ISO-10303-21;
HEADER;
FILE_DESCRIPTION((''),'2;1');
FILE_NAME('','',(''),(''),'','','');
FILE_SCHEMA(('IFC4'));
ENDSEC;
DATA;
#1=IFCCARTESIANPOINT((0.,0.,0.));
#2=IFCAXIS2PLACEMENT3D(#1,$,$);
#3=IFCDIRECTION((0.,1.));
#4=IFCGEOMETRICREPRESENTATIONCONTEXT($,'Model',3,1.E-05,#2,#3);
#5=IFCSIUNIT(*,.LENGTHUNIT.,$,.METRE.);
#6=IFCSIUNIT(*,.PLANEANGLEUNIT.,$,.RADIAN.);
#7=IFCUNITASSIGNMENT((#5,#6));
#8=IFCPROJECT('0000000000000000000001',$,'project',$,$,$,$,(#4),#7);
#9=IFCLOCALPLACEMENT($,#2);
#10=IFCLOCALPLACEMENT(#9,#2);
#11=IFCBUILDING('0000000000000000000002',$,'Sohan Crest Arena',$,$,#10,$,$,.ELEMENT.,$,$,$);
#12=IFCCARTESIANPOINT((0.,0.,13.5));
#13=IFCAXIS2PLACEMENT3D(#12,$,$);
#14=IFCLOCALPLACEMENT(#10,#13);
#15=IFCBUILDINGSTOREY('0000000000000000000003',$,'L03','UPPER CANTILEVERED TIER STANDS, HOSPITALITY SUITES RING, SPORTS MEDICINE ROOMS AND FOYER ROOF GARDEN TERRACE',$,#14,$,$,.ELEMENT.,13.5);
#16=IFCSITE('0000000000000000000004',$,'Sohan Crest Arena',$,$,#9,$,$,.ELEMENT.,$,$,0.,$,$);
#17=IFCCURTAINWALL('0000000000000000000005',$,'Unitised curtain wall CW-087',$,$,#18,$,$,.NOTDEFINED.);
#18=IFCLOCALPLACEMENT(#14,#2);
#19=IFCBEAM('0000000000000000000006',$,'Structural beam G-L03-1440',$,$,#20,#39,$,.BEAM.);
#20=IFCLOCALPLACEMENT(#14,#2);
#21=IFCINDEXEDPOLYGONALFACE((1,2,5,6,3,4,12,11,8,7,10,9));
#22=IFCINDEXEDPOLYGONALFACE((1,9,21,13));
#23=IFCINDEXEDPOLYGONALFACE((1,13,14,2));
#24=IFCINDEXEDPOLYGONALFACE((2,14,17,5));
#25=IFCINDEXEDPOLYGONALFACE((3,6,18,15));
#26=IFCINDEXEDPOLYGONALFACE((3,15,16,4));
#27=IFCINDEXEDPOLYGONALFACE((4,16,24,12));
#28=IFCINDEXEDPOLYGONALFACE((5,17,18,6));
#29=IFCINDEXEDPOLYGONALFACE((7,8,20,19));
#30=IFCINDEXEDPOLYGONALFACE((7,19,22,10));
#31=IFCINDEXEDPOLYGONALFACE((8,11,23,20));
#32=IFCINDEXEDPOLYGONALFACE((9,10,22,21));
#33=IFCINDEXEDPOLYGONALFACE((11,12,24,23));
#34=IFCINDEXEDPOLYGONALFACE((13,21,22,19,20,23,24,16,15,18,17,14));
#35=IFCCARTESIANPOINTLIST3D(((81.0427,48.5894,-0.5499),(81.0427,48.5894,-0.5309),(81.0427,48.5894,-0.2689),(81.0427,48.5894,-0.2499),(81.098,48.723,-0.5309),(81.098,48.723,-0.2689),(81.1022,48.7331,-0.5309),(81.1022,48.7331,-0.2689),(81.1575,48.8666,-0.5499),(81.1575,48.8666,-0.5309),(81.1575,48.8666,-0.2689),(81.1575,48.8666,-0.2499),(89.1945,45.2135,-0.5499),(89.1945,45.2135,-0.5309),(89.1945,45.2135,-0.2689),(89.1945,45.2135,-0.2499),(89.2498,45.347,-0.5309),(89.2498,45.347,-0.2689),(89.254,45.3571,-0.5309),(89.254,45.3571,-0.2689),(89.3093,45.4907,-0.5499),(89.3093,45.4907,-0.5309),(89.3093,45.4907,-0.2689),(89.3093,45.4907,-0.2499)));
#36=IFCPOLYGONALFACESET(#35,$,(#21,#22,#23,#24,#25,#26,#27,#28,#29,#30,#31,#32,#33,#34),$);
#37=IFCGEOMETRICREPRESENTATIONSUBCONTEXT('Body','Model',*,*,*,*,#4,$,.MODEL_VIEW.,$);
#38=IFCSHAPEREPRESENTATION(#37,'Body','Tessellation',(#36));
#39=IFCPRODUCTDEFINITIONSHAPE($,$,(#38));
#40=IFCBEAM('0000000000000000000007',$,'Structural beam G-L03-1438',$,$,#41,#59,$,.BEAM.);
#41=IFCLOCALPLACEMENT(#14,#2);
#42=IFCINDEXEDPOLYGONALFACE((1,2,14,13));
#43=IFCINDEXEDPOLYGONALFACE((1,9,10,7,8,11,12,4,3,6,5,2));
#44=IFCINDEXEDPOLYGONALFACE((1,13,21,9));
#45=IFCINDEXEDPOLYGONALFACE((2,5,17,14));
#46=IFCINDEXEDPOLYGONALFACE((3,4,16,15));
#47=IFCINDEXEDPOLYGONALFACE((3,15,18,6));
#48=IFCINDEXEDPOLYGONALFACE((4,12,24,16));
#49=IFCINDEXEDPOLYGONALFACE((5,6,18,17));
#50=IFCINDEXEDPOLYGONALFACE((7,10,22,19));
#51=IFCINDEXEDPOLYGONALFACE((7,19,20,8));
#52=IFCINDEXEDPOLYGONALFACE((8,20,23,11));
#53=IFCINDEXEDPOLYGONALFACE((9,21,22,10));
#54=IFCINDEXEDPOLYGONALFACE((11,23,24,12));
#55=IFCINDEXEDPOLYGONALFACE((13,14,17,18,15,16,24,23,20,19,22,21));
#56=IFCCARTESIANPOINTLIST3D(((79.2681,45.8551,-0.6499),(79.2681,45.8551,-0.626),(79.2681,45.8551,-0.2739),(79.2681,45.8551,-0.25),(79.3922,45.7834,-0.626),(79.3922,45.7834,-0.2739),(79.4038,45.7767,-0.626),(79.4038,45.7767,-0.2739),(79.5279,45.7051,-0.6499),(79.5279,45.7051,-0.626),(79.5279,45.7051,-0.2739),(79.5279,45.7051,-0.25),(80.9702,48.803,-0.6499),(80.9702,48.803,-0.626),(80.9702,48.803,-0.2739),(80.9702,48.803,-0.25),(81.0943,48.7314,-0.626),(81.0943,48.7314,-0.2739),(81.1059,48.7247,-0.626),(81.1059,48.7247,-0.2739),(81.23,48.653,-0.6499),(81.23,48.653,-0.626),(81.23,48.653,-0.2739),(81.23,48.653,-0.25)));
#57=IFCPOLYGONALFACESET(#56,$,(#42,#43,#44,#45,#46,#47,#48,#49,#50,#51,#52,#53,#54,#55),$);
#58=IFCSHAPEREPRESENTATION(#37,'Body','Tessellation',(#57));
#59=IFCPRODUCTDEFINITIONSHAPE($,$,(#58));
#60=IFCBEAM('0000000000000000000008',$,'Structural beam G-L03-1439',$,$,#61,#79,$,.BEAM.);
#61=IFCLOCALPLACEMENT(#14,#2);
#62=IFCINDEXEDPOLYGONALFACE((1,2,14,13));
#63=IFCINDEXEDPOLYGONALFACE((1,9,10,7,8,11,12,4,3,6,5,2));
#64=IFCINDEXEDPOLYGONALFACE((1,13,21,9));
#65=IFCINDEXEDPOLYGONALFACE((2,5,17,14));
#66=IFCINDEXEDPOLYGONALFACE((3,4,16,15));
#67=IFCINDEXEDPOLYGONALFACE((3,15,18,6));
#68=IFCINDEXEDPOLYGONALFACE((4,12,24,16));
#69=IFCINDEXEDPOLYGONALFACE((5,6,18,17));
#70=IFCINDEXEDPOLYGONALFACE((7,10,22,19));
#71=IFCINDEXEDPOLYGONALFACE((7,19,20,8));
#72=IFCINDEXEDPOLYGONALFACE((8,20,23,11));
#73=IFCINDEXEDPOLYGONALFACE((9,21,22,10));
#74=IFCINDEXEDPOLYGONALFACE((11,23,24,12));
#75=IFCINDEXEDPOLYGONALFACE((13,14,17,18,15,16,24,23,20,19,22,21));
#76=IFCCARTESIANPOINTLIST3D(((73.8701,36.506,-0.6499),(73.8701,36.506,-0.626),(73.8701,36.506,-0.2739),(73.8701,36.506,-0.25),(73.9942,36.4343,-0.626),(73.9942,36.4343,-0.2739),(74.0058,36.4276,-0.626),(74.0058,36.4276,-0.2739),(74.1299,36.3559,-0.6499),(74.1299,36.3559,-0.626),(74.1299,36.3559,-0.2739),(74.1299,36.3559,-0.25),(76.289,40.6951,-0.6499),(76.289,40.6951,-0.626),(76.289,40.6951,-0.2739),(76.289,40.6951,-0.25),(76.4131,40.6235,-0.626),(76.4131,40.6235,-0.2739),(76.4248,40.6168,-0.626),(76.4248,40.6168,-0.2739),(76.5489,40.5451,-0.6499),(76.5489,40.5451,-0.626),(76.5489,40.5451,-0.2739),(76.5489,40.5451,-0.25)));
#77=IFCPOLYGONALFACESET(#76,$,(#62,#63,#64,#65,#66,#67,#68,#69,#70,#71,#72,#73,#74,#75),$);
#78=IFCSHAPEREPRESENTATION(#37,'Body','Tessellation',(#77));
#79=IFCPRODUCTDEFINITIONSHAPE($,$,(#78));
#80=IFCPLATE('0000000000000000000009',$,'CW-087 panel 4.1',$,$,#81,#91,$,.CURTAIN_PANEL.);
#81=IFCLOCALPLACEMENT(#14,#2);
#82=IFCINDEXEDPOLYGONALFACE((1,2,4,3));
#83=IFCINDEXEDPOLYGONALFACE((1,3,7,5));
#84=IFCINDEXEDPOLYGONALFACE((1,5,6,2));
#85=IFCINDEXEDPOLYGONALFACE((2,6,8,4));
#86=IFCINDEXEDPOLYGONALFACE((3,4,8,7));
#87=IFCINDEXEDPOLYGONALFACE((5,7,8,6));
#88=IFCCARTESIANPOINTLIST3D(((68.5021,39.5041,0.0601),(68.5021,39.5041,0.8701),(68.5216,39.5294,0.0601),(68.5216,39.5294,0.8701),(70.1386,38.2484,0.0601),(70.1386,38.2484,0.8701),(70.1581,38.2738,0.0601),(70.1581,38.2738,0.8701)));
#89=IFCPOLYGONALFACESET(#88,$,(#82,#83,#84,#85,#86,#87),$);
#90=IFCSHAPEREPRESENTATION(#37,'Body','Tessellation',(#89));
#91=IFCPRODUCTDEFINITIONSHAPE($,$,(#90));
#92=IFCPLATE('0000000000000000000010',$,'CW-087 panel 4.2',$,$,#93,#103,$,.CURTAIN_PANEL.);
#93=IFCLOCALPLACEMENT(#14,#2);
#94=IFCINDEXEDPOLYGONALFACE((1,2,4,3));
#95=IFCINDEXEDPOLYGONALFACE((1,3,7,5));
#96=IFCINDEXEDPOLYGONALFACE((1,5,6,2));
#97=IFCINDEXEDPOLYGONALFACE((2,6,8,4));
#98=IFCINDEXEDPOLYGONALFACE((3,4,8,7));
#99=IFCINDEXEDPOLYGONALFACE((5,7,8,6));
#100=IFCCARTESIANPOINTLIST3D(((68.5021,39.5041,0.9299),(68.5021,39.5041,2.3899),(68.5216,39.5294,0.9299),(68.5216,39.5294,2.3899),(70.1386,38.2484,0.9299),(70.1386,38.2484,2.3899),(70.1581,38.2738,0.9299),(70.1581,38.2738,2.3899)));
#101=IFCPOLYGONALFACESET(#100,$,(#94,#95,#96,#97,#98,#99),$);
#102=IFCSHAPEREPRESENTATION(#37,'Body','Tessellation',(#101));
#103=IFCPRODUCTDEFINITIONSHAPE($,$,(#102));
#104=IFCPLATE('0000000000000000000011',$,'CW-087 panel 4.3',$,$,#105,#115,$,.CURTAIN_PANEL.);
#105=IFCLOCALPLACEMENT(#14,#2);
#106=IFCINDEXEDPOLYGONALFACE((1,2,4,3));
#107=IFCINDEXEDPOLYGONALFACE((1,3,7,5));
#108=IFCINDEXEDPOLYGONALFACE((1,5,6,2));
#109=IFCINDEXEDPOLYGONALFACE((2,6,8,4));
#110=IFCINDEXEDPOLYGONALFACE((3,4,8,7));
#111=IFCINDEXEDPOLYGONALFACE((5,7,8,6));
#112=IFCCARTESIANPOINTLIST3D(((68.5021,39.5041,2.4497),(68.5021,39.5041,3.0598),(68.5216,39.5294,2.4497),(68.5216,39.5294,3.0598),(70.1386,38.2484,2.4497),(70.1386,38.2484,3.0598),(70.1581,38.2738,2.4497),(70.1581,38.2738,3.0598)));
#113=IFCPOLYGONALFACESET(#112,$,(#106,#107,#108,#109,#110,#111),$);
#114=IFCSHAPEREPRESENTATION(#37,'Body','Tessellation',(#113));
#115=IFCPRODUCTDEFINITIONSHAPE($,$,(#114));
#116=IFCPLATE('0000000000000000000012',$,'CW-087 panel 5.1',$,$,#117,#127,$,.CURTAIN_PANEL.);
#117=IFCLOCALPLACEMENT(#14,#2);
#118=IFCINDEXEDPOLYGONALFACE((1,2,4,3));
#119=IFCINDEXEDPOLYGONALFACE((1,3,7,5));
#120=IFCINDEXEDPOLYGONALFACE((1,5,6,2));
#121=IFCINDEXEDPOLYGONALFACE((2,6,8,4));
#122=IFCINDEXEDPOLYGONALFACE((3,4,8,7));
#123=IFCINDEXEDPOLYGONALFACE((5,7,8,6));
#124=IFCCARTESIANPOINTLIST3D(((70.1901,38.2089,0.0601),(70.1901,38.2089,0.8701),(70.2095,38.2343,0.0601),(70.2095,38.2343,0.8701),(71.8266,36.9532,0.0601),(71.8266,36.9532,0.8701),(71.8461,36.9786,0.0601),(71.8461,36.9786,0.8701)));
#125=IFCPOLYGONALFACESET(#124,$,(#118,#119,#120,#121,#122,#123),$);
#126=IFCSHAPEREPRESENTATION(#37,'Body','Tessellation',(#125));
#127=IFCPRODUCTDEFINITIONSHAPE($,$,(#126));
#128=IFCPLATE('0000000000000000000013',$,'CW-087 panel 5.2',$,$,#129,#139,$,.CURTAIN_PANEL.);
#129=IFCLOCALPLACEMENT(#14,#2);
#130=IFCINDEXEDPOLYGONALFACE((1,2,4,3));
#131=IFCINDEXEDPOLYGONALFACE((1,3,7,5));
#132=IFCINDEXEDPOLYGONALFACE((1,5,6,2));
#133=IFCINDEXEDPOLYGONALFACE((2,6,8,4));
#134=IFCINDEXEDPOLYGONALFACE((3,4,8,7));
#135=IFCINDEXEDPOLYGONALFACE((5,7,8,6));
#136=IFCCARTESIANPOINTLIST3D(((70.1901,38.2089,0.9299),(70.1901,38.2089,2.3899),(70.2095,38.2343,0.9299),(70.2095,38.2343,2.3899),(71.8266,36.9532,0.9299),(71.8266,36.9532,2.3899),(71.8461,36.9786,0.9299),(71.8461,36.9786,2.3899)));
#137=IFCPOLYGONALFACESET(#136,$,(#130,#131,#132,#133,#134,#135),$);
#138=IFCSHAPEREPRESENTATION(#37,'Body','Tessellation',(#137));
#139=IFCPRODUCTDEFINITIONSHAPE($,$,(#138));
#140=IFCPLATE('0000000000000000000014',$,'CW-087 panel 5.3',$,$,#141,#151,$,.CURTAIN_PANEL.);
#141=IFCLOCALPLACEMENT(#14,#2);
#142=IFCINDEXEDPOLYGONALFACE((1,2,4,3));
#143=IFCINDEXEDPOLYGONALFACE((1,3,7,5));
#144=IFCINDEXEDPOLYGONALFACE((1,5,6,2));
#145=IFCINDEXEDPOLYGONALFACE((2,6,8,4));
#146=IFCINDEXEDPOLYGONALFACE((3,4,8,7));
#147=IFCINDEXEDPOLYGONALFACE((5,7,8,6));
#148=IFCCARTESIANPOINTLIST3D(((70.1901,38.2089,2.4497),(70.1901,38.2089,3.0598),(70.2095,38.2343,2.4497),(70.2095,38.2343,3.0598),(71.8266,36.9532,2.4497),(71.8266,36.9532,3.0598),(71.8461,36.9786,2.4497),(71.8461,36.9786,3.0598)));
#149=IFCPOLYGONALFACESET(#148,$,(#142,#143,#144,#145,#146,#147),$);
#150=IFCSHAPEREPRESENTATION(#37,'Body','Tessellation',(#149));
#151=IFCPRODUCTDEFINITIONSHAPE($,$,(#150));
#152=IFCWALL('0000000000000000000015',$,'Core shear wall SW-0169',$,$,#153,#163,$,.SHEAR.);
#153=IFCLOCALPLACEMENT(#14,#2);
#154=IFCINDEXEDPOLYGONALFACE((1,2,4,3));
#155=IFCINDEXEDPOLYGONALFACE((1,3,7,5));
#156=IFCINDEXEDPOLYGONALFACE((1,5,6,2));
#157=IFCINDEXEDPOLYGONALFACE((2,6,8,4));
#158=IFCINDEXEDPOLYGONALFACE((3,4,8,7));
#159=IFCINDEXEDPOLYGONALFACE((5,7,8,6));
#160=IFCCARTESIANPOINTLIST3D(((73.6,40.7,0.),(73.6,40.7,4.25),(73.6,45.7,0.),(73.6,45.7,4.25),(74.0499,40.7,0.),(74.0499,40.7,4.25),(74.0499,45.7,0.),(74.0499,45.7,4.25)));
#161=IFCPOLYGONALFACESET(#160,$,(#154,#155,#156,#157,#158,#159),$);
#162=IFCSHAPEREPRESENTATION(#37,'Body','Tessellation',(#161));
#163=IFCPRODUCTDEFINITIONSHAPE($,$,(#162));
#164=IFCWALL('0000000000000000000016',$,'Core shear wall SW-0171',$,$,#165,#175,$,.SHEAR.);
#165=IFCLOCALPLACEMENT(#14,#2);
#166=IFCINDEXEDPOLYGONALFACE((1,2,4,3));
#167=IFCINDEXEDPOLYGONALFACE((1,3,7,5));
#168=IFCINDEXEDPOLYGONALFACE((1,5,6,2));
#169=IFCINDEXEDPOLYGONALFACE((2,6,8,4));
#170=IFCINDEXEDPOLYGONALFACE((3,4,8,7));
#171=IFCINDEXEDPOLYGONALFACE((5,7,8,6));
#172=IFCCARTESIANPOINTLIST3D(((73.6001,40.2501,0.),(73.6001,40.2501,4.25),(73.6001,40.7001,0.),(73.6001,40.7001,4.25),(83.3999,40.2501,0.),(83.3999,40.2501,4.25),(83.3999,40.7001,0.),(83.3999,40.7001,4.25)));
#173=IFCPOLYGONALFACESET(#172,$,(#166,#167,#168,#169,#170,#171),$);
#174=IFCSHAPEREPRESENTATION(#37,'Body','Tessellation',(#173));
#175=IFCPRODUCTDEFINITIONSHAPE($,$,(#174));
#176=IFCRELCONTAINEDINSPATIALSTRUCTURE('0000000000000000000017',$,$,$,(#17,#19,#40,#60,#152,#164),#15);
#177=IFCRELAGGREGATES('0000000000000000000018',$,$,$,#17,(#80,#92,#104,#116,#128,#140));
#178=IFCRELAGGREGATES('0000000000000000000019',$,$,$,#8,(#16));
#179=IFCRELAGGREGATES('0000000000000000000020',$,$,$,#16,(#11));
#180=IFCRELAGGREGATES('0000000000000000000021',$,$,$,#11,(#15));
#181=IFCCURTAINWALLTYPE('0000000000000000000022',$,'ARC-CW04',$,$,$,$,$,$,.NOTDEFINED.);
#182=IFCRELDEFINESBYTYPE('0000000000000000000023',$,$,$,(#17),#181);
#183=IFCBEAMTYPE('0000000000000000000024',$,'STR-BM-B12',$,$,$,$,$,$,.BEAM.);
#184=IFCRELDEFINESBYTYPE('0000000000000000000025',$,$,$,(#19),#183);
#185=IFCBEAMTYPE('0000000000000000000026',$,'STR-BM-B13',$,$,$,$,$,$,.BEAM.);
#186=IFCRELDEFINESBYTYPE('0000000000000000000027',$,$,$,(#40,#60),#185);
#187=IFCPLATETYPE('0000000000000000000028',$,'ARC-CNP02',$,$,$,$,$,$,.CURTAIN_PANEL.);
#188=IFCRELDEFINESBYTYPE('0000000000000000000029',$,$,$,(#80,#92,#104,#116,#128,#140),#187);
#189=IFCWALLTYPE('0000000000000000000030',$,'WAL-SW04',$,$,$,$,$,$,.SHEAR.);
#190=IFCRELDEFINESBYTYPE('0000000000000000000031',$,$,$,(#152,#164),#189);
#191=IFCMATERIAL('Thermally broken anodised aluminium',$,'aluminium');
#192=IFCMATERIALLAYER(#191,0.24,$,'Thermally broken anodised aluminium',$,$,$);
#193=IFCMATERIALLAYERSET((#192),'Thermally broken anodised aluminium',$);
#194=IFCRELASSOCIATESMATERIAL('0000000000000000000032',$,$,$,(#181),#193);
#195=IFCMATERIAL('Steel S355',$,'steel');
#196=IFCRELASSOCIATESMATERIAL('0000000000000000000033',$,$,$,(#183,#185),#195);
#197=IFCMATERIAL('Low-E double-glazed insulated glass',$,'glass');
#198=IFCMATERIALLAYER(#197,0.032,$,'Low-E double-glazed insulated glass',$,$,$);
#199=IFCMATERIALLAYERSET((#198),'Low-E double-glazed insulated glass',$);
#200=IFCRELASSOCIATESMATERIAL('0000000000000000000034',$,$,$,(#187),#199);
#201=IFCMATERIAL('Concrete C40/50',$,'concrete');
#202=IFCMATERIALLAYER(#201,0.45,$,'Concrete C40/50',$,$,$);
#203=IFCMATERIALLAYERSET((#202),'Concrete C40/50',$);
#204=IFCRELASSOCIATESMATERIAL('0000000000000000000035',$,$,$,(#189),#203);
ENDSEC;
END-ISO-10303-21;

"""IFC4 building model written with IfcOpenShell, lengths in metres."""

from ifc_helpers import new_model, si_unit, direction, frame, frame_2d, origin, origin_2d, place, context, subcontext, project, spatial, rectangle, i_section, extrude, material, layer, layer_set, material_profile, profile_set, type_object, element, aggregate, save


model = new_model("IFC4")

# Units and contexts
model_context = context("Model", 3, precision=1e-05, world=origin(), true_north=direction((0.0, 1.0)))
body_context = subcontext(model_context, "Body", "Model", "MODEL_VIEW")
ifc_project = project(units=[si_unit("LENGTHUNIT", "METRE"), si_unit("PLANEANGLEUNIT", "RADIAN")], contexts=[model_context])

# Site, building, storey
site_placement = place(None, origin())
site = spatial("IfcSite", under=ifc_project, at=site_placement, Name="Sohan Crest Arena", CompositionType="ELEMENT", RefElevation=0.0)
building_placement = place(site_placement, origin())
building = spatial("IfcBuilding", under=site, at=building_placement, Name="Sohan Crest Arena", CompositionType="ELEMENT")
storey_placement = place(building_placement, frame((0.0, 0.0, 13.5)))
storey = spatial("IfcBuildingStorey", under=building, at=storey_placement, Name="L03", Description="UPPER CANTILEVERED TIER STANDS, HOSPITALITY SUITES RING, SPORTS MEDICINE ROOMS AND FOYER ROOF GARDEN TERRACE", CompositionType="ELEMENT", Elevation=13.5)

# Shared definitions
ifc_material_1 = material(Name="Steel S355", Category="steel")

# Curtain wall
ifc_material_2 = material(Name="Thermally broken anodised aluminium", Category="aluminium")
ifc_layer_1 = layer(ifc_material_2, 0.24, Name="Thermally broken anodised aluminium")
ifc_layer_set_1 = layer_set([ifc_layer_1], Name="Thermally broken anodised aluminium")
curtain_wall_type = type_object("IfcCurtainWallType", Name="ARC-CW04", PredefinedType="NOTDEFINED", material=ifc_layer_set_1)
curtain_wall_placement = place(storey_placement, origin())
curtain_wall = element("IfcCurtainWall", 1, at=curtain_wall_placement, inside=storey, type_object=curtain_wall_type, Name="Unitised curtain wall CW-087", PredefinedType="NOTDEFINED")

# Beams
ifc_material_profile_1 = material_profile(ifc_material_1, i_section(OverallWidth=0.3, OverallDepth=0.3, WebThickness=0.011, FlangeThickness=0.019, at=origin_2d()), Name="HEB 300")
ifc_profile_set_1 = profile_set([ifc_material_profile_1], Name="Steel S355")
beam_type_1 = type_object("IfcBeamType", Name="STR-BM-B12", PredefinedType="BEAM", material=ifc_profile_set_1)
beam_1_placement = place(storey_placement, frame((81.1001, 48.728, -0.3999), z_axis=(0.923905, -0.382622, 0.0), x_axis=(0.382622, 0.923905, 0.0)))
element("IfcBeam", 2, at=beam_1_placement, inside=storey, type_object=beam_type_1, Name="Structural beam G-L03-1440", PredefinedType="BEAM", context=body_context, shape_type="SweptSolid", body=[
    extrude(i_section(OverallWidth=0.3, OverallDepth=0.3, WebThickness=0.011, FlangeThickness=0.019, at=origin_2d()), origin(), (0.0, 0.0, 1.0), 8.8232),
])
ifc_material_profile_2 = material_profile(ifc_material_1, i_section(OverallWidth=0.3, OverallDepth=0.3999, WebThickness=0.0134, FlangeThickness=0.0239, at=origin_2d()), Name="HEB 400")
ifc_profile_set_2 = profile_set([ifc_material_profile_2], Name="Steel S355")
beam_type_2 = type_object("IfcBeamType", Name="STR-BM-B13", PredefinedType="BEAM", material=ifc_profile_set_2)
beam_2_placement = place(storey_placement, frame((81.1001, 48.728, -0.45), z_axis=(-0.500027, -0.86601, 0.0), x_axis=(0.86601, -0.500027, 0.0)))
element("IfcBeam", 3, at=beam_2_placement, inside=storey, type_object=beam_type_2, Name="Structural beam G-L03-1438", PredefinedType="BEAM", context=body_context, shape_type="SweptSolid", body=[
    extrude(i_section(OverallWidth=0.3, OverallDepth=0.3999, WebThickness=0.0134, FlangeThickness=0.0239, at=origin_2d()), origin(), (0.0, 0.0, 1.0), 3.4041),
])
beam_3_placement = place(storey_placement, frame((76.4189, 40.6201, -0.45), z_axis=(-0.500047, -0.865998, 0.0), x_axis=(0.865998, -0.500047, 0.0)))
element("IfcBeam", 4, at=beam_3_placement, inside=storey, type_object=beam_type_2, Name="Structural beam G-L03-1439", PredefinedType="BEAM", context=body_context, shape_type="SweptSolid", body=[
    extrude(i_section(OverallWidth=0.3, OverallDepth=0.3999, WebThickness=0.0134, FlangeThickness=0.0239, at=origin_2d()), origin(), (0.0, 0.0, 1.0), 4.8374),
])

# Plates
ifc_material_3 = material(Name="Low-E double-glazed insulated glass", Category="glass")
ifc_layer_2 = layer(ifc_material_3, 0.032, Name="Low-E double-glazed insulated glass")
ifc_layer_set_2 = layer_set([ifc_layer_2], Name="Low-E double-glazed insulated glass")
plate_type = type_object("IfcPlateType", Name="ARC-CNP02", PredefinedType="CURTAIN_PANEL", material=ifc_layer_set_2)
plate_1_placement = place(storey_placement, frame((69.3301, 38.8889, 0.0601), z_axis=(0.0, 0.0, 1.0), x_axis=(0.793372, -0.608737, 0.0)))
plate_1 = element("IfcPlate", 5, at=plate_1_placement, type_object=plate_type, Name="CW-087 panel 4.1", PredefinedType="CURTAIN_PANEL", context=body_context, shape_type="SweptSolid", body=[
    extrude(rectangle(XDim=2.0627, YDim=0.032, at=origin_2d()), origin(), (0.0, 0.0, 1.0), 0.8101),
])
plate_2_placement = place(storey_placement, frame((69.3301, 38.8889, 0.9299), z_axis=(0.0, 0.0, 1.0), x_axis=(0.793372, -0.608737, 0.0)))
plate_2 = element("IfcPlate", 6, at=plate_2_placement, type_object=plate_type, Name="CW-087 panel 4.2", PredefinedType="CURTAIN_PANEL", context=body_context, shape_type="SweptSolid", body=[
    extrude(rectangle(XDim=2.0627, YDim=0.032, at=origin_2d()), origin(), (0.0, 0.0, 1.0), 1.46),
])
plate_3_placement = place(storey_placement, frame((69.3301, 38.8889, 2.4497), z_axis=(0.0, 0.0, 1.0), x_axis=(0.793372, -0.608737, 0.0)))
plate_3 = element("IfcPlate", 7, at=plate_3_placement, type_object=plate_type, Name="CW-087 panel 4.3", PredefinedType="CURTAIN_PANEL", context=body_context, shape_type="SweptSolid", body=[
    extrude(rectangle(XDim=2.0627, YDim=0.032, at=origin_2d()), origin(), (0.0, 0.0, 1.0), 0.6101),
])
plate_4_placement = place(storey_placement, frame((71.0181, 37.5938, 0.0601), z_axis=(0.0, 0.0, 1.0), x_axis=(0.793372, -0.608737, 0.0)))
plate_4 = element("IfcPlate", 8, at=plate_4_placement, type_object=plate_type, Name="CW-087 panel 5.1", PredefinedType="CURTAIN_PANEL", context=body_context, shape_type="SweptSolid", body=[
    extrude(rectangle(XDim=2.0627, YDim=0.032, at=origin_2d()), origin(), (0.0, 0.0, 1.0), 0.8101),
])
plate_5_placement = place(storey_placement, frame((71.0181, 37.5938, 0.9299), z_axis=(0.0, 0.0, 1.0), x_axis=(0.793372, -0.608737, 0.0)))
plate_5 = element("IfcPlate", 9, at=plate_5_placement, type_object=plate_type, Name="CW-087 panel 5.2", PredefinedType="CURTAIN_PANEL", context=body_context, shape_type="SweptSolid", body=[
    extrude(rectangle(XDim=2.0627, YDim=0.032, at=origin_2d()), origin(), (0.0, 0.0, 1.0), 1.46),
])
plate_6_placement = place(storey_placement, frame((71.0181, 37.5938, 2.4497), z_axis=(0.0, 0.0, 1.0), x_axis=(0.793372, -0.608737, 0.0)))
plate_6 = element("IfcPlate", 10, at=plate_6_placement, type_object=plate_type, Name="CW-087 panel 5.3", PredefinedType="CURTAIN_PANEL", context=body_context, shape_type="SweptSolid", body=[
    extrude(rectangle(XDim=2.0627, YDim=0.032, at=origin_2d()), origin(), (0.0, 0.0, 1.0), 0.6101),
])
aggregate(curtain_wall, [plate_1, plate_2, plate_3, plate_4, plate_5, plate_6])

# Walls
ifc_material_4 = material(Name="Concrete C40/50", Category="concrete")
ifc_layer_3 = layer(ifc_material_4, 0.45, Name="Concrete C40/50")
ifc_layer_set_3 = layer_set([ifc_layer_3], Name="Concrete C40/50")
wall_type = type_object("IfcWallType", Name="WAL-SW04", PredefinedType="SHEAR", material=ifc_layer_set_3)
wall_1_placement = place(storey_placement, frame((73.825, 40.7, 0.0), z_axis=(0.0, 0.0, 1.0), x_axis=(0.0, 1.0, 0.0)))
element("IfcWall", 11, at=wall_1_placement, inside=storey, type_object=wall_type, Name="Core shear wall SW-0169", PredefinedType="SHEAR", context=body_context, shape_type="SweptSolid", body=[
    extrude(rectangle(XDim=5.0, YDim=0.45, at=frame_2d((2.5, 0.0))), origin(), (0.0, 0.0, 1.0), 4.25),
])
wall_2_placement = place(storey_placement, frame((73.6001, 40.4751, 0.0), z_axis=(0.0, 0.0, 1.0), x_axis=(1.0, 0.0, 0.0)))
element("IfcWall", 12, at=wall_2_placement, inside=storey, type_object=wall_type, Name="Core shear wall SW-0171", PredefinedType="SHEAR", context=body_context, shape_type="SweptSolid", body=[
    extrude(rectangle(XDim=9.7998, YDim=0.45, at=frame_2d((4.8999, 0.0))), origin(), (0.0, 0.0, 1.0), 4.25),
])

save(model, "model.ifc")
